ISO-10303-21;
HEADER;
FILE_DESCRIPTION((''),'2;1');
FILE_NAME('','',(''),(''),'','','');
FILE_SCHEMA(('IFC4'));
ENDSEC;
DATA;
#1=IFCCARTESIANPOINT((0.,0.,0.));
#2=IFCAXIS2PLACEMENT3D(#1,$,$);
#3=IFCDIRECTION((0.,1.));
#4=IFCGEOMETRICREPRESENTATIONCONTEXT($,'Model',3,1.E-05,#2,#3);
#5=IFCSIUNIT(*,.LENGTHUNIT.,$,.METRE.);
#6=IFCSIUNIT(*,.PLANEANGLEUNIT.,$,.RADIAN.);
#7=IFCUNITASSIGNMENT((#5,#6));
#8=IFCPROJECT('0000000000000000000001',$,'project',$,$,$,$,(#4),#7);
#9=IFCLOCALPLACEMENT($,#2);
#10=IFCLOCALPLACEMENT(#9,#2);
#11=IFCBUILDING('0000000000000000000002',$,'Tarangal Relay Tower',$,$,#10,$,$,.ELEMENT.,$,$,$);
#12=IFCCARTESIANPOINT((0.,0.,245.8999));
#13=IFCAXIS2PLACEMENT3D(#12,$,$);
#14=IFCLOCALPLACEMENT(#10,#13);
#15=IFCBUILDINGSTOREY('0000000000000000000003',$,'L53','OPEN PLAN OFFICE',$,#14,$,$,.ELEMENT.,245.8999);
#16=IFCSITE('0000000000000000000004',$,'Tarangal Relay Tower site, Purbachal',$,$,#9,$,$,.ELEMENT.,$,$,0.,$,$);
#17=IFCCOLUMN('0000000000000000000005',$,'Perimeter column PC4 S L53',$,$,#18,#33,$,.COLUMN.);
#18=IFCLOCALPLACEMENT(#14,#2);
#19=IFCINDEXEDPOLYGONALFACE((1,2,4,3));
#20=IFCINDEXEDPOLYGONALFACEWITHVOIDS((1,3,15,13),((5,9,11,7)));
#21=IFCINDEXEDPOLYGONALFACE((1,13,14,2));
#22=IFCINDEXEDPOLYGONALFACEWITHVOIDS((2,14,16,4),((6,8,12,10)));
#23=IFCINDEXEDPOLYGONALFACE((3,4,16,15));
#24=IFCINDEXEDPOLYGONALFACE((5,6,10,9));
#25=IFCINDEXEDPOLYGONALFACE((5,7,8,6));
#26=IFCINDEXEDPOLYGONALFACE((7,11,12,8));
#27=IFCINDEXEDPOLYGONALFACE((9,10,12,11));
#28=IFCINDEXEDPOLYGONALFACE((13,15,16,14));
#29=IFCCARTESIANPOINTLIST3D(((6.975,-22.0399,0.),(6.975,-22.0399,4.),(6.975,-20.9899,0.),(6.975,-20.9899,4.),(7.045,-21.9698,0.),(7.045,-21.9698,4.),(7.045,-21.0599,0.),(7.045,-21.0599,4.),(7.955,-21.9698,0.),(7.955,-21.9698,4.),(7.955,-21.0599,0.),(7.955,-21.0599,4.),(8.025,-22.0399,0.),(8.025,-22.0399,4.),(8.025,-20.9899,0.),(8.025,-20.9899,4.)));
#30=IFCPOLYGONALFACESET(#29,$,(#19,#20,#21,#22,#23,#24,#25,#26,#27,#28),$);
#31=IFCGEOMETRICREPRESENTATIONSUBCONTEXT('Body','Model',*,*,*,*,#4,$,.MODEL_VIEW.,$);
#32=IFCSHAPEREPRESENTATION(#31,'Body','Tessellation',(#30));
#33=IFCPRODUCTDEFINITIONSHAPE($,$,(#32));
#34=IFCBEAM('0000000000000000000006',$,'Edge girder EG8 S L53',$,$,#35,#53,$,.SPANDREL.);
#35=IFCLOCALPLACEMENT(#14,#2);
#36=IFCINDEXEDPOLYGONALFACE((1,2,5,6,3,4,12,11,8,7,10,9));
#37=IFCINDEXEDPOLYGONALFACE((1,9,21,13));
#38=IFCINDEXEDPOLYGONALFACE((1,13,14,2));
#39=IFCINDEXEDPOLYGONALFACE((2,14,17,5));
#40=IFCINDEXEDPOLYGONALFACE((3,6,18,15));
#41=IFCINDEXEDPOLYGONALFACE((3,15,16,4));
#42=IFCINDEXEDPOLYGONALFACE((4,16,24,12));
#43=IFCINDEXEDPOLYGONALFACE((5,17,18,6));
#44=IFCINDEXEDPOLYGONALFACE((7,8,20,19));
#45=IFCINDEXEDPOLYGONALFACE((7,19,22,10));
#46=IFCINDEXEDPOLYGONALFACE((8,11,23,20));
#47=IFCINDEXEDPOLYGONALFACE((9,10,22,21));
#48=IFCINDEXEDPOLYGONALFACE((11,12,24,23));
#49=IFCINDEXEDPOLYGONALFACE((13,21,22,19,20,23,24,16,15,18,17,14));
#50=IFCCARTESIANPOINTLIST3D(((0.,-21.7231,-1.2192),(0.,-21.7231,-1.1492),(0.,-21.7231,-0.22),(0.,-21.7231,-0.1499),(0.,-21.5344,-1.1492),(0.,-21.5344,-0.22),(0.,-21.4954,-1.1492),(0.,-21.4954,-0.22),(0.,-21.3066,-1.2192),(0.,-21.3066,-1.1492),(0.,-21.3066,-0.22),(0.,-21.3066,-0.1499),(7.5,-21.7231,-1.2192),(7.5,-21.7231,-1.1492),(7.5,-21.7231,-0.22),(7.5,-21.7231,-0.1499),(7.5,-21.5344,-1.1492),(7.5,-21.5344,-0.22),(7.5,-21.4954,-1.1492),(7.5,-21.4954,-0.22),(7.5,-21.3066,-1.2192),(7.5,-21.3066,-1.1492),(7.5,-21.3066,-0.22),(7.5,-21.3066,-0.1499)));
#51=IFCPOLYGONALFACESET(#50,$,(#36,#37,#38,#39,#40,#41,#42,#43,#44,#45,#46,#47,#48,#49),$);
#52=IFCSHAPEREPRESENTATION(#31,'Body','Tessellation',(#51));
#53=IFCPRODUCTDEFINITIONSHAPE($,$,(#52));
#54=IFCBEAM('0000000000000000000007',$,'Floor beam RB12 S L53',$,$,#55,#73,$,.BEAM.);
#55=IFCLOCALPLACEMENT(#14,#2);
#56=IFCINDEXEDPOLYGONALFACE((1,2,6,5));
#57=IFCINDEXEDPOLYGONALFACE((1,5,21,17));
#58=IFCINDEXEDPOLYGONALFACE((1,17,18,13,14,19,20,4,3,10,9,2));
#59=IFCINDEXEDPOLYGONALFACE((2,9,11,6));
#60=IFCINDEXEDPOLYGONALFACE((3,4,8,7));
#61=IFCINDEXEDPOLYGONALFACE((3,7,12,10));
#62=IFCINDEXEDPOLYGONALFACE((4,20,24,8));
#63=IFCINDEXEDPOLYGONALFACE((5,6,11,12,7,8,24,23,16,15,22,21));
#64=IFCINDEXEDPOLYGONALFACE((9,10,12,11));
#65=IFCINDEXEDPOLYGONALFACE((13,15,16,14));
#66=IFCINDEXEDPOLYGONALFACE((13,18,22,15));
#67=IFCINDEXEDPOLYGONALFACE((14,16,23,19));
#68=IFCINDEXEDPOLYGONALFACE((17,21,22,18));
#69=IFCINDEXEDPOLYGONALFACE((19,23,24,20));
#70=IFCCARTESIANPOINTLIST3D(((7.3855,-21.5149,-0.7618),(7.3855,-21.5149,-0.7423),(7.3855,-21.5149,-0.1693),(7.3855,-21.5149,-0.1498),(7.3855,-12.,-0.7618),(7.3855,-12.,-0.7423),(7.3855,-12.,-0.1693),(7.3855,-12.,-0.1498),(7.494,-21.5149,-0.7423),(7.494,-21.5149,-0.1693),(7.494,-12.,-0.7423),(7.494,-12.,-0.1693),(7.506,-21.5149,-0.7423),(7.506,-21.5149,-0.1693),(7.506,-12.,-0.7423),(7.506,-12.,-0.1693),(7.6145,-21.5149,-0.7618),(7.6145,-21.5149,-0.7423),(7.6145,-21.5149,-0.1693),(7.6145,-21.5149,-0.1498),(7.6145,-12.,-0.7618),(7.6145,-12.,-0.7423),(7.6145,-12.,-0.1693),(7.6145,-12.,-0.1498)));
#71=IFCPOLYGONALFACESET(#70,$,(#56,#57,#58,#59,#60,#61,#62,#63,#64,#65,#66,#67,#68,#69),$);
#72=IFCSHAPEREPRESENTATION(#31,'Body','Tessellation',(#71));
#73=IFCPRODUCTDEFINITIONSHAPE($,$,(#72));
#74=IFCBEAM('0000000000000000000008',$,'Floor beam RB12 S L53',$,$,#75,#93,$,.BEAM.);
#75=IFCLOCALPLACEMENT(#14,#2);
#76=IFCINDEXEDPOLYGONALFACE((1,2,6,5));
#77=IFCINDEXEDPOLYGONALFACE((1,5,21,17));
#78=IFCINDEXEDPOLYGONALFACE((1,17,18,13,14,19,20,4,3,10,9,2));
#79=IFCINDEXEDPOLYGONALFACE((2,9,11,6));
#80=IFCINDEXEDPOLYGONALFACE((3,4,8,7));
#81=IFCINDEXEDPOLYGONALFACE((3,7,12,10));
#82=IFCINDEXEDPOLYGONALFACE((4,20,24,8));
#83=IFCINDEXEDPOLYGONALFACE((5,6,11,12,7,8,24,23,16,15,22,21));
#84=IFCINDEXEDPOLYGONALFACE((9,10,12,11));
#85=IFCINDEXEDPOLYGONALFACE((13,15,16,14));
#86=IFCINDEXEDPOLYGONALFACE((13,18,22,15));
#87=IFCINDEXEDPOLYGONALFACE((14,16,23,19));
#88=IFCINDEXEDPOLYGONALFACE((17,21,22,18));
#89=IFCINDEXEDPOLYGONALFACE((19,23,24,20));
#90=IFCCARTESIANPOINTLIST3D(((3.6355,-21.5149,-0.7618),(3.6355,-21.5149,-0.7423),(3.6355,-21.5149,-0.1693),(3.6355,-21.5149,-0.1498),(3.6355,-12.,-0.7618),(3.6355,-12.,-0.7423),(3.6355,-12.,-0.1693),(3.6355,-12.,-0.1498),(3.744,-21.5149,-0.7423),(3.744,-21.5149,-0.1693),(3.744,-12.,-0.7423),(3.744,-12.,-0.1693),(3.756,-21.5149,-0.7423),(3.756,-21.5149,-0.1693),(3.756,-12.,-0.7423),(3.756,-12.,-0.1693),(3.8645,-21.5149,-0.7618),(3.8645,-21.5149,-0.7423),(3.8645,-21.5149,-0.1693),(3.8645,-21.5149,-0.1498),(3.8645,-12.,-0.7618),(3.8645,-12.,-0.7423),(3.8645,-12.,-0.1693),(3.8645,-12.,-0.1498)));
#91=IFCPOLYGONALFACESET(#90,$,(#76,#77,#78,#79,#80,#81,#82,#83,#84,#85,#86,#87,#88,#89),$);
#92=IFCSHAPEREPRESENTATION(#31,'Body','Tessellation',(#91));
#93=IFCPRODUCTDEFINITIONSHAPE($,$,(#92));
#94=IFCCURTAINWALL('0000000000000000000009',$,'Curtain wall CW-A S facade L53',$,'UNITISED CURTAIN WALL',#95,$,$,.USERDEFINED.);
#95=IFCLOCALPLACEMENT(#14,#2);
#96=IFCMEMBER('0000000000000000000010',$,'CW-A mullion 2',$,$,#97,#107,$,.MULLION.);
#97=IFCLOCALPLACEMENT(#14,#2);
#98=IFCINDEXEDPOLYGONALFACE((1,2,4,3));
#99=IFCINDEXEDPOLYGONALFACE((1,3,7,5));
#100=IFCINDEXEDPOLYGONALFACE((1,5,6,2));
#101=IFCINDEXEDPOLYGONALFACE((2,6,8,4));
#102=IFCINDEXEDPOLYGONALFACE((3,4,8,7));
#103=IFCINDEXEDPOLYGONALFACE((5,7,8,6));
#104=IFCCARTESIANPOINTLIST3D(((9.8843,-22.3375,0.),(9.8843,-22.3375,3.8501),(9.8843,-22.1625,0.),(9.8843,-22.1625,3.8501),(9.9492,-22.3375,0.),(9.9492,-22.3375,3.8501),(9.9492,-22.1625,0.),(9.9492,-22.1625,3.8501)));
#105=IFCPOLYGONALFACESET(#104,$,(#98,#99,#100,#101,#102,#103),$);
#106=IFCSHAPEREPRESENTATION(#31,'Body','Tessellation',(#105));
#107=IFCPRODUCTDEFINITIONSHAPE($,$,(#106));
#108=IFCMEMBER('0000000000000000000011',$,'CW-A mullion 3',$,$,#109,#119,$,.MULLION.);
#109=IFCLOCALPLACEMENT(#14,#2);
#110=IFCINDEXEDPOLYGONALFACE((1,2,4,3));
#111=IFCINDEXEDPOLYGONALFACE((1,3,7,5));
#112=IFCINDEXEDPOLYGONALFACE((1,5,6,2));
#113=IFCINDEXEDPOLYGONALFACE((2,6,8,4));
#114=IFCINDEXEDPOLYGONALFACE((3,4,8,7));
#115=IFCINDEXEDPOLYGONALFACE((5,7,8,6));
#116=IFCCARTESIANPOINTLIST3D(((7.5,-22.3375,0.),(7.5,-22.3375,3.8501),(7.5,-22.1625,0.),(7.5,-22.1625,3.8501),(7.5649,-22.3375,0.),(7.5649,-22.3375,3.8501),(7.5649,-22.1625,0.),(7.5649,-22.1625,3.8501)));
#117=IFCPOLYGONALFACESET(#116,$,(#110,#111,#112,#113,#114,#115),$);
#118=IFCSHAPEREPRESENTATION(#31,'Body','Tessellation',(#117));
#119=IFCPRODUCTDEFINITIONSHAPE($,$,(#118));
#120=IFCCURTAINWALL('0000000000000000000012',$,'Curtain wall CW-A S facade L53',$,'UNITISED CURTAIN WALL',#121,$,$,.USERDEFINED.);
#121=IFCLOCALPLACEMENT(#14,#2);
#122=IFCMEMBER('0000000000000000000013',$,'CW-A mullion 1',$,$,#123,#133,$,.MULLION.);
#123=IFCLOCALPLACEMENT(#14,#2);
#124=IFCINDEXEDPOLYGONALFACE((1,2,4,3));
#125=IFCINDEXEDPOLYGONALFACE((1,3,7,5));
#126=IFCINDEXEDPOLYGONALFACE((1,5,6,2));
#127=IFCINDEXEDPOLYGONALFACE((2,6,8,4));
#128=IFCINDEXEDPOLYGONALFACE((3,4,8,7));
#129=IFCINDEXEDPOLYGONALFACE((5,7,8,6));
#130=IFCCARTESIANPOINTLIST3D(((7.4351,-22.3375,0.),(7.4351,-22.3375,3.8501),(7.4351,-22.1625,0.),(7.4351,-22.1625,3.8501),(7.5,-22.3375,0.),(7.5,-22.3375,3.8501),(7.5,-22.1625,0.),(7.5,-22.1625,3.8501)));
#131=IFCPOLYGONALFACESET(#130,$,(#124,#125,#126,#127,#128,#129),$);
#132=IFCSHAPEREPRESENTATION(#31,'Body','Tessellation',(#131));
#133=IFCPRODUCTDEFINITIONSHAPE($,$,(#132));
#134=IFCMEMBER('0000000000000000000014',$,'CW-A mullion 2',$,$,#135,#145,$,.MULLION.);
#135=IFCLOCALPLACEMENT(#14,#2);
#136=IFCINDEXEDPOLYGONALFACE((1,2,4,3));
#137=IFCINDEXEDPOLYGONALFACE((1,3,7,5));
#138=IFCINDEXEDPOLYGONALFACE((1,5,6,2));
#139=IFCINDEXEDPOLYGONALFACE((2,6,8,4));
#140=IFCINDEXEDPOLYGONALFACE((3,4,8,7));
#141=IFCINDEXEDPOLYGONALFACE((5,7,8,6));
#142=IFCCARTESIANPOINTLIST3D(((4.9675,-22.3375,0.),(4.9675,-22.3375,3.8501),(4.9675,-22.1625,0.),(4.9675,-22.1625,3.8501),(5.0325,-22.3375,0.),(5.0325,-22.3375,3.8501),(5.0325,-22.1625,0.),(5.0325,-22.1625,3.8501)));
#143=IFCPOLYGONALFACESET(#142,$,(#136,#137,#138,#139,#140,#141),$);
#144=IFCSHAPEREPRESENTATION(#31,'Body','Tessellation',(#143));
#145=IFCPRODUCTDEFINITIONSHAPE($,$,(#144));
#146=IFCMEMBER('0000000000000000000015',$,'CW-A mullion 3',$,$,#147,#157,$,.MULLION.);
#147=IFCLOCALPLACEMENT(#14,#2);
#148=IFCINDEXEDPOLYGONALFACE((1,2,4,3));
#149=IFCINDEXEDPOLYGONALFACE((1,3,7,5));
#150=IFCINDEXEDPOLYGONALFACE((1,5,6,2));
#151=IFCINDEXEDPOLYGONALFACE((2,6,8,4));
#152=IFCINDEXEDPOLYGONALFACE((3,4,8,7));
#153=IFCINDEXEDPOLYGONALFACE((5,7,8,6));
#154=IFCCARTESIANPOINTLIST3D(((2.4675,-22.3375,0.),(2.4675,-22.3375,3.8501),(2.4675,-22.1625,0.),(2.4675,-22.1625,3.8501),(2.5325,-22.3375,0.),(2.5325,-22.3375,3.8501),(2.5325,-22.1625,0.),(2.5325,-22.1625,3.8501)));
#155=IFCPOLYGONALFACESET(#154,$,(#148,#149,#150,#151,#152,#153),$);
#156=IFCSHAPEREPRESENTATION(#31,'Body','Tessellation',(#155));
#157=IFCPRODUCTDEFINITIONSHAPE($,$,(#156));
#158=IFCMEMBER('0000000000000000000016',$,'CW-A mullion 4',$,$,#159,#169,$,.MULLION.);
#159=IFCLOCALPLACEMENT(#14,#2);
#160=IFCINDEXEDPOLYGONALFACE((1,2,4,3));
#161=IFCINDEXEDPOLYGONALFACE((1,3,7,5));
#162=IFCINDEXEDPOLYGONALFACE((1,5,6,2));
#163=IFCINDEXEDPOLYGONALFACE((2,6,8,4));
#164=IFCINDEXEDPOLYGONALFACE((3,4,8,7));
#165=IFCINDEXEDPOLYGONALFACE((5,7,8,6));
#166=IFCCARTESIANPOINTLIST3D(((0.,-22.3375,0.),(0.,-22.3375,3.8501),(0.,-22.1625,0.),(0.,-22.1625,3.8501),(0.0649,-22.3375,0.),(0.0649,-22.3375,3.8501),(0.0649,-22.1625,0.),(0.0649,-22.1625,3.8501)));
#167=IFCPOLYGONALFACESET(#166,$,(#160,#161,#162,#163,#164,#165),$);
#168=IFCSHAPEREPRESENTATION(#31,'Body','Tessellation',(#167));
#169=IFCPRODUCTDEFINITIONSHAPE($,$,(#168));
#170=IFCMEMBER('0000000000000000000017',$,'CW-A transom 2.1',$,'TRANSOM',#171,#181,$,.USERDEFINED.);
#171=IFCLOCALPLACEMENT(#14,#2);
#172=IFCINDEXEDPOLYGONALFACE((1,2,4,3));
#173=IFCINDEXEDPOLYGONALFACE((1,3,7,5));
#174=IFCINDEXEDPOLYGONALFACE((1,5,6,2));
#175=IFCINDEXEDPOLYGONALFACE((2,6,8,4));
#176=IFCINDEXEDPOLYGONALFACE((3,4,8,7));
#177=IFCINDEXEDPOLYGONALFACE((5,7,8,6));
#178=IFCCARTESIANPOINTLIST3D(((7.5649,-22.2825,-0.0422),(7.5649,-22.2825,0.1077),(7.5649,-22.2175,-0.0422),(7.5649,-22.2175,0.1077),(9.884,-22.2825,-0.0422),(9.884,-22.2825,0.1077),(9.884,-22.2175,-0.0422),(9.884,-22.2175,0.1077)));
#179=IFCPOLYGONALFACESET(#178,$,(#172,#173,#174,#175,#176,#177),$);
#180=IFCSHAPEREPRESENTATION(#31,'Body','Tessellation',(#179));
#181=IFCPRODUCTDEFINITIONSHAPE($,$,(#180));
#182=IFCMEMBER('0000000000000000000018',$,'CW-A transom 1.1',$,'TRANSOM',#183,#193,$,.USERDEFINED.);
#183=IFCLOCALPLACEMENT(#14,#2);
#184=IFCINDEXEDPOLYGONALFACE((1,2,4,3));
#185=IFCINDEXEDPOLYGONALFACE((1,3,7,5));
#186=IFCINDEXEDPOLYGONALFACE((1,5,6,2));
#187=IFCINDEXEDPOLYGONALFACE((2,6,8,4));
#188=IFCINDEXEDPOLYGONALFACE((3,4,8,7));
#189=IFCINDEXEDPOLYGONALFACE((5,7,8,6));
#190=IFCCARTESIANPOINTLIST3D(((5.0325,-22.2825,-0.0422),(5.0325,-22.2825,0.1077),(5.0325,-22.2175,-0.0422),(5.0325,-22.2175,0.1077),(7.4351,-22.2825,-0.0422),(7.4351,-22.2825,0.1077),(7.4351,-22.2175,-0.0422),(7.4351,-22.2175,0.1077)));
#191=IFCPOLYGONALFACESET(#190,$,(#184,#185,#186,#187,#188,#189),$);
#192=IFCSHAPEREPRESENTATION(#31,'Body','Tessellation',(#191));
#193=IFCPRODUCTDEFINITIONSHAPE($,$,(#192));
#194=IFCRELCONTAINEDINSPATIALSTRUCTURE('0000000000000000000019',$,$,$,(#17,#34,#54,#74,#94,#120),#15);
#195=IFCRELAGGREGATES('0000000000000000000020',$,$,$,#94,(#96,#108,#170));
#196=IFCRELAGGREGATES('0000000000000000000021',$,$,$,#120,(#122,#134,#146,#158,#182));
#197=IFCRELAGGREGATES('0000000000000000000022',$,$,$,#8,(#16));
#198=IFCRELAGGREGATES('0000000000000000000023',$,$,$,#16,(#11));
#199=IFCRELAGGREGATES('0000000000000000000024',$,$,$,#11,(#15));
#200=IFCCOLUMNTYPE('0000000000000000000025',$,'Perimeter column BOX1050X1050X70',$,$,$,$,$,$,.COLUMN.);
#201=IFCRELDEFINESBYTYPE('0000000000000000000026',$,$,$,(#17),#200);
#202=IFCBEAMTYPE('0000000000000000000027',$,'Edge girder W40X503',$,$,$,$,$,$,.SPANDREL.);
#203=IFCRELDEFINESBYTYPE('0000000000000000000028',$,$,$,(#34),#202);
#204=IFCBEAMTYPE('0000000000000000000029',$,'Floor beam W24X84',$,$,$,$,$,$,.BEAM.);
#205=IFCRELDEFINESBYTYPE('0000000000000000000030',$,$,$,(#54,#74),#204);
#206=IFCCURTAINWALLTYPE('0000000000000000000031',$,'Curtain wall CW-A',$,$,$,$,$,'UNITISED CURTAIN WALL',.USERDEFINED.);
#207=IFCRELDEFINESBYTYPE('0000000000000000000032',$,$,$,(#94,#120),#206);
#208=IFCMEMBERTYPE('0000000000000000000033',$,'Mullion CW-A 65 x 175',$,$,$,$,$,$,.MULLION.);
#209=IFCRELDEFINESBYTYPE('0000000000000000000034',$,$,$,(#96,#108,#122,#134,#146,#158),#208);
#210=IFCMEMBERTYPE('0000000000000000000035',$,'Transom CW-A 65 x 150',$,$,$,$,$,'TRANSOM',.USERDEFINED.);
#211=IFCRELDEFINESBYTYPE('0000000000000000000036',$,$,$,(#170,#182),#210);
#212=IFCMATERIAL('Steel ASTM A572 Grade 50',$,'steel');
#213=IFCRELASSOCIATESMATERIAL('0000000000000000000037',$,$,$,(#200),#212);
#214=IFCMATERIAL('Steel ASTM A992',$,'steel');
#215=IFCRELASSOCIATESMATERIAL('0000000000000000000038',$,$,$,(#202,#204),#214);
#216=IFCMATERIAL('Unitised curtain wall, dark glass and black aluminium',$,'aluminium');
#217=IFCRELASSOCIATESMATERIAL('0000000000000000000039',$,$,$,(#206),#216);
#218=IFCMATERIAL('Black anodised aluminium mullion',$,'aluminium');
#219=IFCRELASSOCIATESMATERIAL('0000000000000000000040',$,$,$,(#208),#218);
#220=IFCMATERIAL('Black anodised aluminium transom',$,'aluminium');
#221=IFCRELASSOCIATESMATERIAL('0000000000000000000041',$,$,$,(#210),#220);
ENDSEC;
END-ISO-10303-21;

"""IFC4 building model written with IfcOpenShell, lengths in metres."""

from ifc_helpers import new_model, si_unit, direction, frame, origin, origin_2d, place, context, subcontext, project, spatial, rectangle, hollow_rectangle, i_section, extrude, material, material_profile, profile_set, type_object, element, aggregate, save


model = new_model("IFC4")

# Units and contexts
model_context = context("Model", 3, precision=1e-05, world=origin(), true_north=direction((0.0, 1.0)))
body_context = subcontext(model_context, "Body", "Model", "MODEL_VIEW")
ifc_project = project(units=[si_unit("LENGTHUNIT", "METRE"), si_unit("PLANEANGLEUNIT", "RADIAN")], contexts=[model_context])

# Site, building, storey
site_placement = place(None, origin())
site = spatial("IfcSite", under=ifc_project, at=site_placement, Name="Tarangal Relay Tower site, Purbachal", CompositionType="ELEMENT", RefElevation=0.0)
building_placement = place(site_placement, origin())
building = spatial("IfcBuilding", under=site, at=building_placement, Name="Tarangal Relay Tower", CompositionType="ELEMENT")
storey_placement = place(building_placement, frame((0.0, 0.0, 245.8999)))
storey = spatial("IfcBuildingStorey", under=building, at=storey_placement, Name="L53", Description="OPEN PLAN OFFICE", CompositionType="ELEMENT", Elevation=245.8999)

# Column
ifc_material_1 = material(Name="Steel ASTM A572 Grade 50", Category="steel")
ifc_material_profile_1 = material_profile(ifc_material_1, hollow_rectangle(XDim=1.05, YDim=1.05, WallThickness=0.0701, at=origin_2d()), Name="BOX1050X1050X70")
ifc_profile_set_1 = profile_set([ifc_material_profile_1], Name="Steel ASTM A572 Grade 50")
column_type = type_object("IfcColumnType", Name="Perimeter column BOX1050X1050X70", PredefinedType="COLUMN", material=ifc_profile_set_1)
column_placement = place(storey_placement, frame((7.5, -21.5149, 0.0), z_axis=(0.0, 0.0, 1.0), x_axis=(1.0, 0.0, 0.0)))
element("IfcColumn", 1, at=column_placement, inside=storey, type_object=column_type, Name="Perimeter column PC4 S L53", PredefinedType="COLUMN", context=body_context, shape_type="SweptSolid", body=[
    extrude(hollow_rectangle(XDim=1.05, YDim=1.05, WallThickness=0.0701, at=origin_2d()), origin(), (0.0, 0.0, 1.0), 4.0),
])

# Beams
ifc_material_2 = material(Name="Steel ASTM A992", Category="steel")
ifc_material_profile_2 = material_profile(ifc_material_2, i_section(OverallWidth=0.4165, OverallDepth=1.0693, WebThickness=0.0391, FlangeThickness=0.0701, at=origin_2d()), Name="W40X503")
ifc_profile_set_2 = profile_set([ifc_material_profile_2], Name="Steel ASTM A992")
beam_type_1 = type_object("IfcBeamType", Name="Edge girder W40X503", PredefinedType="SPANDREL", material=ifc_profile_set_2)
beam_placement = place(storey_placement, frame((7.5, -21.5149, -0.6846), z_axis=(-1.0, 0.0, 0.0), x_axis=(0.0, -1.0, 0.0)))
element("IfcBeam", 2, at=beam_placement, inside=storey, type_object=beam_type_1, Name="Edge girder EG8 S L53", PredefinedType="SPANDREL", context=body_context, shape_type="SweptSolid", body=[
    extrude(i_section(OverallWidth=0.4165, OverallDepth=1.0693, WebThickness=0.0391, FlangeThickness=0.0701, at=origin_2d()), origin(), (0.0, 0.0, 1.0), 7.5),
])
ifc_material_profile_3 = material_profile(ifc_material_2, i_section(OverallWidth=0.229, OverallDepth=0.6121, WebThickness=0.012, FlangeThickness=0.0195, at=origin_2d()), Name="W24X84")
ifc_profile_set_3 = profile_set([ifc_material_profile_3], Name="Steel ASTM A992")
beam_type_2 = type_object("IfcBeamType", Name="Floor beam W24X84", PredefinedType="BEAM", material=ifc_profile_set_3)
for number, where, z_axis, x_axis, name in (
    (3, (7.5, -12.0, -0.4558), (0.0, -1.0, 0.0), (1.0, 0.0, 0.0), "Floor beam RB12 S L53"),
    (4, (3.75, -12.0, -0.4558), (0.0, -1.0, 0.0), (1.0, 0.0, 0.0), "Floor beam RB12 S L53"),
):
    element("IfcBeam", number, at=place(storey_placement, frame(where, z_axis=z_axis, x_axis=x_axis)), inside=storey, type_object=beam_type_2, Name=name, PredefinedType="BEAM", context=body_context, shape_type="SweptSolid", body=[
        extrude(i_section(OverallWidth=0.229, OverallDepth=0.6121, WebThickness=0.012, FlangeThickness=0.0195, at=origin_2d()), origin(), (0.0, 0.0, 1.0), 9.5149),
    ])

# Curtain walls, members
ifc_material_3 = material(Name="Unitised curtain wall, dark glass and black aluminium", Category="aluminium")
curtain_wall_type = type_object("IfcCurtainWallType", Name="Curtain wall CW-A", ElementType="UNITISED CURTAIN WALL", PredefinedType="USERDEFINED", material=ifc_material_3)
curtain_wall_1_placement = place(storey_placement, origin())
curtain_wall_1 = element("IfcCurtainWall", 5, at=curtain_wall_1_placement, inside=storey, type_object=curtain_wall_type, Name="Curtain wall CW-A S facade L53", ObjectType="UNITISED CURTAIN WALL", PredefinedType="USERDEFINED")
ifc_material_4 = material(Name="Black anodised aluminium mullion", Category="aluminium")
ifc_material_profile_4 = material_profile(ifc_material_4, rectangle(XDim=0.175, YDim=0.0649, at=origin_2d()), Name="CW-AM 65X175")
ifc_profile_set_4 = profile_set([ifc_material_profile_4], Name="Black anodised aluminium mullion")
member_type_1 = type_object("IfcMemberType", Name="Mullion CW-A 65 x 175", PredefinedType="MULLION", material=ifc_profile_set_4)
member_1_placement = place(storey_placement, frame((9.9167, -22.25, 0.0), z_axis=(0.0, 0.0, 1.0), x_axis=(0.0, -1.0, 0.0)))
member_1 = element("IfcMember", 6, at=member_1_placement, type_object=member_type_1, Name="CW-A mullion 2", PredefinedType="MULLION", context=body_context, shape_type="SweptSolid", body=[
    extrude(rectangle(XDim=0.175, YDim=0.0649, at=origin_2d()), origin(), (0.0, 0.0, 1.0), 3.8501),
])
member_2_placement = place(storey_placement, frame((7.5325, -22.25, 0.0), z_axis=(0.0, 0.0, 1.0), x_axis=(0.0, -1.0, 0.0)))
member_2 = element("IfcMember", 7, at=member_2_placement, type_object=member_type_1, Name="CW-A mullion 3", PredefinedType="MULLION", context=body_context, shape_type="SweptSolid", body=[
    extrude(rectangle(XDim=0.175, YDim=0.0649, at=origin_2d()), origin(), (0.0, 0.0, 1.0), 3.8501),
])
curtain_wall_2_placement = place(storey_placement, origin())
curtain_wall_2 = element("IfcCurtainWall", 8, at=curtain_wall_2_placement, inside=storey, type_object=curtain_wall_type, Name="Curtain wall CW-A S facade L53", ObjectType="UNITISED CURTAIN WALL", PredefinedType="USERDEFINED")
member_3_placement = place(storey_placement, frame((7.4675, -22.25, 0.0), z_axis=(0.0, 0.0, 1.0), x_axis=(0.0, -1.0, 0.0)))
member_3 = element("IfcMember", 9, at=member_3_placement, type_object=member_type_1, Name="CW-A mullion 1", PredefinedType="MULLION", context=body_context, shape_type="SweptSolid", body=[
    extrude(rectangle(XDim=0.175, YDim=0.0649, at=origin_2d()), origin(), (0.0, 0.0, 1.0), 3.8501),
])
member_4_placement = place(storey_placement, frame((5.0, -22.25, 0.0), z_axis=(0.0, 0.0, 1.0), x_axis=(0.0, -1.0, 0.0)))
member_4 = element("IfcMember", 10, at=member_4_placement, type_object=member_type_1, Name="CW-A mullion 2", PredefinedType="MULLION", context=body_context, shape_type="SweptSolid", body=[
    extrude(rectangle(XDim=0.175, YDim=0.0649, at=origin_2d()), origin(), (0.0, 0.0, 1.0), 3.8501),
])
member_5_placement = place(storey_placement, frame((2.5, -22.25, 0.0), z_axis=(0.0, 0.0, 1.0), x_axis=(0.0, -1.0, 0.0)))
member_5 = element("IfcMember", 11, at=member_5_placement, type_object=member_type_1, Name="CW-A mullion 3", PredefinedType="MULLION", context=body_context, shape_type="SweptSolid", body=[
    extrude(rectangle(XDim=0.175, YDim=0.0649, at=origin_2d()), origin(), (0.0, 0.0, 1.0), 3.8501),
])
member_6_placement = place(storey_placement, frame((0.0325, -22.25, 0.0), z_axis=(0.0, 0.0, 1.0), x_axis=(0.0, -1.0, 0.0)))
member_6 = element("IfcMember", 12, at=member_6_placement, type_object=member_type_1, Name="CW-A mullion 4", PredefinedType="MULLION", context=body_context, shape_type="SweptSolid", body=[
    extrude(rectangle(XDim=0.175, YDim=0.0649, at=origin_2d()), origin(), (0.0, 0.0, 1.0), 3.8501),
])

# Members
ifc_material_5 = material(Name="Black anodised aluminium transom", Category="aluminium")
ifc_material_profile_5 = material_profile(ifc_material_5, rectangle(XDim=0.0649, YDim=0.1499, at=origin_2d()), Name="CW-AT 65X150")
ifc_profile_set_5 = profile_set([ifc_material_profile_5], Name="Black anodised aluminium transom")
member_type_2 = type_object("IfcMemberType", Name="Transom CW-A 65 x 150", ElementType="TRANSOM", PredefinedType="USERDEFINED", material=ifc_profile_set_5)
member_7_placement = place(storey_placement, frame((9.884, -22.25, 0.0327), z_axis=(-1.0, 0.0, 0.0), x_axis=(0.0, -1.0, 0.0)))
member_7 = element("IfcMember", 13, at=member_7_placement, type_object=member_type_2, Name="CW-A transom 2.1", ObjectType="TRANSOM", PredefinedType="USERDEFINED", context=body_context, shape_type="SweptSolid", body=[
    extrude(rectangle(XDim=0.0649, YDim=0.1499, at=origin_2d()), origin(), (0.0, 0.0, 1.0), 2.3191),
])
member_8_placement = place(storey_placement, frame((7.4351, -22.25, 0.0327), z_axis=(-1.0, 0.0, 0.0), x_axis=(0.0, -1.0, 0.0)))
member_8 = element("IfcMember", 14, at=member_8_placement, type_object=member_type_2, Name="CW-A transom 1.1", ObjectType="TRANSOM", PredefinedType="USERDEFINED", context=body_context, shape_type="SweptSolid", body=[
    extrude(rectangle(XDim=0.0649, YDim=0.1499, at=origin_2d()), origin(), (0.0, 0.0, 1.0), 2.4026),
])

aggregate(curtain_wall_1, [member_1, member_2, member_7])
aggregate(curtain_wall_2, [member_3, member_4, member_5, member_6, member_8])

save(model, "model.ifc")
